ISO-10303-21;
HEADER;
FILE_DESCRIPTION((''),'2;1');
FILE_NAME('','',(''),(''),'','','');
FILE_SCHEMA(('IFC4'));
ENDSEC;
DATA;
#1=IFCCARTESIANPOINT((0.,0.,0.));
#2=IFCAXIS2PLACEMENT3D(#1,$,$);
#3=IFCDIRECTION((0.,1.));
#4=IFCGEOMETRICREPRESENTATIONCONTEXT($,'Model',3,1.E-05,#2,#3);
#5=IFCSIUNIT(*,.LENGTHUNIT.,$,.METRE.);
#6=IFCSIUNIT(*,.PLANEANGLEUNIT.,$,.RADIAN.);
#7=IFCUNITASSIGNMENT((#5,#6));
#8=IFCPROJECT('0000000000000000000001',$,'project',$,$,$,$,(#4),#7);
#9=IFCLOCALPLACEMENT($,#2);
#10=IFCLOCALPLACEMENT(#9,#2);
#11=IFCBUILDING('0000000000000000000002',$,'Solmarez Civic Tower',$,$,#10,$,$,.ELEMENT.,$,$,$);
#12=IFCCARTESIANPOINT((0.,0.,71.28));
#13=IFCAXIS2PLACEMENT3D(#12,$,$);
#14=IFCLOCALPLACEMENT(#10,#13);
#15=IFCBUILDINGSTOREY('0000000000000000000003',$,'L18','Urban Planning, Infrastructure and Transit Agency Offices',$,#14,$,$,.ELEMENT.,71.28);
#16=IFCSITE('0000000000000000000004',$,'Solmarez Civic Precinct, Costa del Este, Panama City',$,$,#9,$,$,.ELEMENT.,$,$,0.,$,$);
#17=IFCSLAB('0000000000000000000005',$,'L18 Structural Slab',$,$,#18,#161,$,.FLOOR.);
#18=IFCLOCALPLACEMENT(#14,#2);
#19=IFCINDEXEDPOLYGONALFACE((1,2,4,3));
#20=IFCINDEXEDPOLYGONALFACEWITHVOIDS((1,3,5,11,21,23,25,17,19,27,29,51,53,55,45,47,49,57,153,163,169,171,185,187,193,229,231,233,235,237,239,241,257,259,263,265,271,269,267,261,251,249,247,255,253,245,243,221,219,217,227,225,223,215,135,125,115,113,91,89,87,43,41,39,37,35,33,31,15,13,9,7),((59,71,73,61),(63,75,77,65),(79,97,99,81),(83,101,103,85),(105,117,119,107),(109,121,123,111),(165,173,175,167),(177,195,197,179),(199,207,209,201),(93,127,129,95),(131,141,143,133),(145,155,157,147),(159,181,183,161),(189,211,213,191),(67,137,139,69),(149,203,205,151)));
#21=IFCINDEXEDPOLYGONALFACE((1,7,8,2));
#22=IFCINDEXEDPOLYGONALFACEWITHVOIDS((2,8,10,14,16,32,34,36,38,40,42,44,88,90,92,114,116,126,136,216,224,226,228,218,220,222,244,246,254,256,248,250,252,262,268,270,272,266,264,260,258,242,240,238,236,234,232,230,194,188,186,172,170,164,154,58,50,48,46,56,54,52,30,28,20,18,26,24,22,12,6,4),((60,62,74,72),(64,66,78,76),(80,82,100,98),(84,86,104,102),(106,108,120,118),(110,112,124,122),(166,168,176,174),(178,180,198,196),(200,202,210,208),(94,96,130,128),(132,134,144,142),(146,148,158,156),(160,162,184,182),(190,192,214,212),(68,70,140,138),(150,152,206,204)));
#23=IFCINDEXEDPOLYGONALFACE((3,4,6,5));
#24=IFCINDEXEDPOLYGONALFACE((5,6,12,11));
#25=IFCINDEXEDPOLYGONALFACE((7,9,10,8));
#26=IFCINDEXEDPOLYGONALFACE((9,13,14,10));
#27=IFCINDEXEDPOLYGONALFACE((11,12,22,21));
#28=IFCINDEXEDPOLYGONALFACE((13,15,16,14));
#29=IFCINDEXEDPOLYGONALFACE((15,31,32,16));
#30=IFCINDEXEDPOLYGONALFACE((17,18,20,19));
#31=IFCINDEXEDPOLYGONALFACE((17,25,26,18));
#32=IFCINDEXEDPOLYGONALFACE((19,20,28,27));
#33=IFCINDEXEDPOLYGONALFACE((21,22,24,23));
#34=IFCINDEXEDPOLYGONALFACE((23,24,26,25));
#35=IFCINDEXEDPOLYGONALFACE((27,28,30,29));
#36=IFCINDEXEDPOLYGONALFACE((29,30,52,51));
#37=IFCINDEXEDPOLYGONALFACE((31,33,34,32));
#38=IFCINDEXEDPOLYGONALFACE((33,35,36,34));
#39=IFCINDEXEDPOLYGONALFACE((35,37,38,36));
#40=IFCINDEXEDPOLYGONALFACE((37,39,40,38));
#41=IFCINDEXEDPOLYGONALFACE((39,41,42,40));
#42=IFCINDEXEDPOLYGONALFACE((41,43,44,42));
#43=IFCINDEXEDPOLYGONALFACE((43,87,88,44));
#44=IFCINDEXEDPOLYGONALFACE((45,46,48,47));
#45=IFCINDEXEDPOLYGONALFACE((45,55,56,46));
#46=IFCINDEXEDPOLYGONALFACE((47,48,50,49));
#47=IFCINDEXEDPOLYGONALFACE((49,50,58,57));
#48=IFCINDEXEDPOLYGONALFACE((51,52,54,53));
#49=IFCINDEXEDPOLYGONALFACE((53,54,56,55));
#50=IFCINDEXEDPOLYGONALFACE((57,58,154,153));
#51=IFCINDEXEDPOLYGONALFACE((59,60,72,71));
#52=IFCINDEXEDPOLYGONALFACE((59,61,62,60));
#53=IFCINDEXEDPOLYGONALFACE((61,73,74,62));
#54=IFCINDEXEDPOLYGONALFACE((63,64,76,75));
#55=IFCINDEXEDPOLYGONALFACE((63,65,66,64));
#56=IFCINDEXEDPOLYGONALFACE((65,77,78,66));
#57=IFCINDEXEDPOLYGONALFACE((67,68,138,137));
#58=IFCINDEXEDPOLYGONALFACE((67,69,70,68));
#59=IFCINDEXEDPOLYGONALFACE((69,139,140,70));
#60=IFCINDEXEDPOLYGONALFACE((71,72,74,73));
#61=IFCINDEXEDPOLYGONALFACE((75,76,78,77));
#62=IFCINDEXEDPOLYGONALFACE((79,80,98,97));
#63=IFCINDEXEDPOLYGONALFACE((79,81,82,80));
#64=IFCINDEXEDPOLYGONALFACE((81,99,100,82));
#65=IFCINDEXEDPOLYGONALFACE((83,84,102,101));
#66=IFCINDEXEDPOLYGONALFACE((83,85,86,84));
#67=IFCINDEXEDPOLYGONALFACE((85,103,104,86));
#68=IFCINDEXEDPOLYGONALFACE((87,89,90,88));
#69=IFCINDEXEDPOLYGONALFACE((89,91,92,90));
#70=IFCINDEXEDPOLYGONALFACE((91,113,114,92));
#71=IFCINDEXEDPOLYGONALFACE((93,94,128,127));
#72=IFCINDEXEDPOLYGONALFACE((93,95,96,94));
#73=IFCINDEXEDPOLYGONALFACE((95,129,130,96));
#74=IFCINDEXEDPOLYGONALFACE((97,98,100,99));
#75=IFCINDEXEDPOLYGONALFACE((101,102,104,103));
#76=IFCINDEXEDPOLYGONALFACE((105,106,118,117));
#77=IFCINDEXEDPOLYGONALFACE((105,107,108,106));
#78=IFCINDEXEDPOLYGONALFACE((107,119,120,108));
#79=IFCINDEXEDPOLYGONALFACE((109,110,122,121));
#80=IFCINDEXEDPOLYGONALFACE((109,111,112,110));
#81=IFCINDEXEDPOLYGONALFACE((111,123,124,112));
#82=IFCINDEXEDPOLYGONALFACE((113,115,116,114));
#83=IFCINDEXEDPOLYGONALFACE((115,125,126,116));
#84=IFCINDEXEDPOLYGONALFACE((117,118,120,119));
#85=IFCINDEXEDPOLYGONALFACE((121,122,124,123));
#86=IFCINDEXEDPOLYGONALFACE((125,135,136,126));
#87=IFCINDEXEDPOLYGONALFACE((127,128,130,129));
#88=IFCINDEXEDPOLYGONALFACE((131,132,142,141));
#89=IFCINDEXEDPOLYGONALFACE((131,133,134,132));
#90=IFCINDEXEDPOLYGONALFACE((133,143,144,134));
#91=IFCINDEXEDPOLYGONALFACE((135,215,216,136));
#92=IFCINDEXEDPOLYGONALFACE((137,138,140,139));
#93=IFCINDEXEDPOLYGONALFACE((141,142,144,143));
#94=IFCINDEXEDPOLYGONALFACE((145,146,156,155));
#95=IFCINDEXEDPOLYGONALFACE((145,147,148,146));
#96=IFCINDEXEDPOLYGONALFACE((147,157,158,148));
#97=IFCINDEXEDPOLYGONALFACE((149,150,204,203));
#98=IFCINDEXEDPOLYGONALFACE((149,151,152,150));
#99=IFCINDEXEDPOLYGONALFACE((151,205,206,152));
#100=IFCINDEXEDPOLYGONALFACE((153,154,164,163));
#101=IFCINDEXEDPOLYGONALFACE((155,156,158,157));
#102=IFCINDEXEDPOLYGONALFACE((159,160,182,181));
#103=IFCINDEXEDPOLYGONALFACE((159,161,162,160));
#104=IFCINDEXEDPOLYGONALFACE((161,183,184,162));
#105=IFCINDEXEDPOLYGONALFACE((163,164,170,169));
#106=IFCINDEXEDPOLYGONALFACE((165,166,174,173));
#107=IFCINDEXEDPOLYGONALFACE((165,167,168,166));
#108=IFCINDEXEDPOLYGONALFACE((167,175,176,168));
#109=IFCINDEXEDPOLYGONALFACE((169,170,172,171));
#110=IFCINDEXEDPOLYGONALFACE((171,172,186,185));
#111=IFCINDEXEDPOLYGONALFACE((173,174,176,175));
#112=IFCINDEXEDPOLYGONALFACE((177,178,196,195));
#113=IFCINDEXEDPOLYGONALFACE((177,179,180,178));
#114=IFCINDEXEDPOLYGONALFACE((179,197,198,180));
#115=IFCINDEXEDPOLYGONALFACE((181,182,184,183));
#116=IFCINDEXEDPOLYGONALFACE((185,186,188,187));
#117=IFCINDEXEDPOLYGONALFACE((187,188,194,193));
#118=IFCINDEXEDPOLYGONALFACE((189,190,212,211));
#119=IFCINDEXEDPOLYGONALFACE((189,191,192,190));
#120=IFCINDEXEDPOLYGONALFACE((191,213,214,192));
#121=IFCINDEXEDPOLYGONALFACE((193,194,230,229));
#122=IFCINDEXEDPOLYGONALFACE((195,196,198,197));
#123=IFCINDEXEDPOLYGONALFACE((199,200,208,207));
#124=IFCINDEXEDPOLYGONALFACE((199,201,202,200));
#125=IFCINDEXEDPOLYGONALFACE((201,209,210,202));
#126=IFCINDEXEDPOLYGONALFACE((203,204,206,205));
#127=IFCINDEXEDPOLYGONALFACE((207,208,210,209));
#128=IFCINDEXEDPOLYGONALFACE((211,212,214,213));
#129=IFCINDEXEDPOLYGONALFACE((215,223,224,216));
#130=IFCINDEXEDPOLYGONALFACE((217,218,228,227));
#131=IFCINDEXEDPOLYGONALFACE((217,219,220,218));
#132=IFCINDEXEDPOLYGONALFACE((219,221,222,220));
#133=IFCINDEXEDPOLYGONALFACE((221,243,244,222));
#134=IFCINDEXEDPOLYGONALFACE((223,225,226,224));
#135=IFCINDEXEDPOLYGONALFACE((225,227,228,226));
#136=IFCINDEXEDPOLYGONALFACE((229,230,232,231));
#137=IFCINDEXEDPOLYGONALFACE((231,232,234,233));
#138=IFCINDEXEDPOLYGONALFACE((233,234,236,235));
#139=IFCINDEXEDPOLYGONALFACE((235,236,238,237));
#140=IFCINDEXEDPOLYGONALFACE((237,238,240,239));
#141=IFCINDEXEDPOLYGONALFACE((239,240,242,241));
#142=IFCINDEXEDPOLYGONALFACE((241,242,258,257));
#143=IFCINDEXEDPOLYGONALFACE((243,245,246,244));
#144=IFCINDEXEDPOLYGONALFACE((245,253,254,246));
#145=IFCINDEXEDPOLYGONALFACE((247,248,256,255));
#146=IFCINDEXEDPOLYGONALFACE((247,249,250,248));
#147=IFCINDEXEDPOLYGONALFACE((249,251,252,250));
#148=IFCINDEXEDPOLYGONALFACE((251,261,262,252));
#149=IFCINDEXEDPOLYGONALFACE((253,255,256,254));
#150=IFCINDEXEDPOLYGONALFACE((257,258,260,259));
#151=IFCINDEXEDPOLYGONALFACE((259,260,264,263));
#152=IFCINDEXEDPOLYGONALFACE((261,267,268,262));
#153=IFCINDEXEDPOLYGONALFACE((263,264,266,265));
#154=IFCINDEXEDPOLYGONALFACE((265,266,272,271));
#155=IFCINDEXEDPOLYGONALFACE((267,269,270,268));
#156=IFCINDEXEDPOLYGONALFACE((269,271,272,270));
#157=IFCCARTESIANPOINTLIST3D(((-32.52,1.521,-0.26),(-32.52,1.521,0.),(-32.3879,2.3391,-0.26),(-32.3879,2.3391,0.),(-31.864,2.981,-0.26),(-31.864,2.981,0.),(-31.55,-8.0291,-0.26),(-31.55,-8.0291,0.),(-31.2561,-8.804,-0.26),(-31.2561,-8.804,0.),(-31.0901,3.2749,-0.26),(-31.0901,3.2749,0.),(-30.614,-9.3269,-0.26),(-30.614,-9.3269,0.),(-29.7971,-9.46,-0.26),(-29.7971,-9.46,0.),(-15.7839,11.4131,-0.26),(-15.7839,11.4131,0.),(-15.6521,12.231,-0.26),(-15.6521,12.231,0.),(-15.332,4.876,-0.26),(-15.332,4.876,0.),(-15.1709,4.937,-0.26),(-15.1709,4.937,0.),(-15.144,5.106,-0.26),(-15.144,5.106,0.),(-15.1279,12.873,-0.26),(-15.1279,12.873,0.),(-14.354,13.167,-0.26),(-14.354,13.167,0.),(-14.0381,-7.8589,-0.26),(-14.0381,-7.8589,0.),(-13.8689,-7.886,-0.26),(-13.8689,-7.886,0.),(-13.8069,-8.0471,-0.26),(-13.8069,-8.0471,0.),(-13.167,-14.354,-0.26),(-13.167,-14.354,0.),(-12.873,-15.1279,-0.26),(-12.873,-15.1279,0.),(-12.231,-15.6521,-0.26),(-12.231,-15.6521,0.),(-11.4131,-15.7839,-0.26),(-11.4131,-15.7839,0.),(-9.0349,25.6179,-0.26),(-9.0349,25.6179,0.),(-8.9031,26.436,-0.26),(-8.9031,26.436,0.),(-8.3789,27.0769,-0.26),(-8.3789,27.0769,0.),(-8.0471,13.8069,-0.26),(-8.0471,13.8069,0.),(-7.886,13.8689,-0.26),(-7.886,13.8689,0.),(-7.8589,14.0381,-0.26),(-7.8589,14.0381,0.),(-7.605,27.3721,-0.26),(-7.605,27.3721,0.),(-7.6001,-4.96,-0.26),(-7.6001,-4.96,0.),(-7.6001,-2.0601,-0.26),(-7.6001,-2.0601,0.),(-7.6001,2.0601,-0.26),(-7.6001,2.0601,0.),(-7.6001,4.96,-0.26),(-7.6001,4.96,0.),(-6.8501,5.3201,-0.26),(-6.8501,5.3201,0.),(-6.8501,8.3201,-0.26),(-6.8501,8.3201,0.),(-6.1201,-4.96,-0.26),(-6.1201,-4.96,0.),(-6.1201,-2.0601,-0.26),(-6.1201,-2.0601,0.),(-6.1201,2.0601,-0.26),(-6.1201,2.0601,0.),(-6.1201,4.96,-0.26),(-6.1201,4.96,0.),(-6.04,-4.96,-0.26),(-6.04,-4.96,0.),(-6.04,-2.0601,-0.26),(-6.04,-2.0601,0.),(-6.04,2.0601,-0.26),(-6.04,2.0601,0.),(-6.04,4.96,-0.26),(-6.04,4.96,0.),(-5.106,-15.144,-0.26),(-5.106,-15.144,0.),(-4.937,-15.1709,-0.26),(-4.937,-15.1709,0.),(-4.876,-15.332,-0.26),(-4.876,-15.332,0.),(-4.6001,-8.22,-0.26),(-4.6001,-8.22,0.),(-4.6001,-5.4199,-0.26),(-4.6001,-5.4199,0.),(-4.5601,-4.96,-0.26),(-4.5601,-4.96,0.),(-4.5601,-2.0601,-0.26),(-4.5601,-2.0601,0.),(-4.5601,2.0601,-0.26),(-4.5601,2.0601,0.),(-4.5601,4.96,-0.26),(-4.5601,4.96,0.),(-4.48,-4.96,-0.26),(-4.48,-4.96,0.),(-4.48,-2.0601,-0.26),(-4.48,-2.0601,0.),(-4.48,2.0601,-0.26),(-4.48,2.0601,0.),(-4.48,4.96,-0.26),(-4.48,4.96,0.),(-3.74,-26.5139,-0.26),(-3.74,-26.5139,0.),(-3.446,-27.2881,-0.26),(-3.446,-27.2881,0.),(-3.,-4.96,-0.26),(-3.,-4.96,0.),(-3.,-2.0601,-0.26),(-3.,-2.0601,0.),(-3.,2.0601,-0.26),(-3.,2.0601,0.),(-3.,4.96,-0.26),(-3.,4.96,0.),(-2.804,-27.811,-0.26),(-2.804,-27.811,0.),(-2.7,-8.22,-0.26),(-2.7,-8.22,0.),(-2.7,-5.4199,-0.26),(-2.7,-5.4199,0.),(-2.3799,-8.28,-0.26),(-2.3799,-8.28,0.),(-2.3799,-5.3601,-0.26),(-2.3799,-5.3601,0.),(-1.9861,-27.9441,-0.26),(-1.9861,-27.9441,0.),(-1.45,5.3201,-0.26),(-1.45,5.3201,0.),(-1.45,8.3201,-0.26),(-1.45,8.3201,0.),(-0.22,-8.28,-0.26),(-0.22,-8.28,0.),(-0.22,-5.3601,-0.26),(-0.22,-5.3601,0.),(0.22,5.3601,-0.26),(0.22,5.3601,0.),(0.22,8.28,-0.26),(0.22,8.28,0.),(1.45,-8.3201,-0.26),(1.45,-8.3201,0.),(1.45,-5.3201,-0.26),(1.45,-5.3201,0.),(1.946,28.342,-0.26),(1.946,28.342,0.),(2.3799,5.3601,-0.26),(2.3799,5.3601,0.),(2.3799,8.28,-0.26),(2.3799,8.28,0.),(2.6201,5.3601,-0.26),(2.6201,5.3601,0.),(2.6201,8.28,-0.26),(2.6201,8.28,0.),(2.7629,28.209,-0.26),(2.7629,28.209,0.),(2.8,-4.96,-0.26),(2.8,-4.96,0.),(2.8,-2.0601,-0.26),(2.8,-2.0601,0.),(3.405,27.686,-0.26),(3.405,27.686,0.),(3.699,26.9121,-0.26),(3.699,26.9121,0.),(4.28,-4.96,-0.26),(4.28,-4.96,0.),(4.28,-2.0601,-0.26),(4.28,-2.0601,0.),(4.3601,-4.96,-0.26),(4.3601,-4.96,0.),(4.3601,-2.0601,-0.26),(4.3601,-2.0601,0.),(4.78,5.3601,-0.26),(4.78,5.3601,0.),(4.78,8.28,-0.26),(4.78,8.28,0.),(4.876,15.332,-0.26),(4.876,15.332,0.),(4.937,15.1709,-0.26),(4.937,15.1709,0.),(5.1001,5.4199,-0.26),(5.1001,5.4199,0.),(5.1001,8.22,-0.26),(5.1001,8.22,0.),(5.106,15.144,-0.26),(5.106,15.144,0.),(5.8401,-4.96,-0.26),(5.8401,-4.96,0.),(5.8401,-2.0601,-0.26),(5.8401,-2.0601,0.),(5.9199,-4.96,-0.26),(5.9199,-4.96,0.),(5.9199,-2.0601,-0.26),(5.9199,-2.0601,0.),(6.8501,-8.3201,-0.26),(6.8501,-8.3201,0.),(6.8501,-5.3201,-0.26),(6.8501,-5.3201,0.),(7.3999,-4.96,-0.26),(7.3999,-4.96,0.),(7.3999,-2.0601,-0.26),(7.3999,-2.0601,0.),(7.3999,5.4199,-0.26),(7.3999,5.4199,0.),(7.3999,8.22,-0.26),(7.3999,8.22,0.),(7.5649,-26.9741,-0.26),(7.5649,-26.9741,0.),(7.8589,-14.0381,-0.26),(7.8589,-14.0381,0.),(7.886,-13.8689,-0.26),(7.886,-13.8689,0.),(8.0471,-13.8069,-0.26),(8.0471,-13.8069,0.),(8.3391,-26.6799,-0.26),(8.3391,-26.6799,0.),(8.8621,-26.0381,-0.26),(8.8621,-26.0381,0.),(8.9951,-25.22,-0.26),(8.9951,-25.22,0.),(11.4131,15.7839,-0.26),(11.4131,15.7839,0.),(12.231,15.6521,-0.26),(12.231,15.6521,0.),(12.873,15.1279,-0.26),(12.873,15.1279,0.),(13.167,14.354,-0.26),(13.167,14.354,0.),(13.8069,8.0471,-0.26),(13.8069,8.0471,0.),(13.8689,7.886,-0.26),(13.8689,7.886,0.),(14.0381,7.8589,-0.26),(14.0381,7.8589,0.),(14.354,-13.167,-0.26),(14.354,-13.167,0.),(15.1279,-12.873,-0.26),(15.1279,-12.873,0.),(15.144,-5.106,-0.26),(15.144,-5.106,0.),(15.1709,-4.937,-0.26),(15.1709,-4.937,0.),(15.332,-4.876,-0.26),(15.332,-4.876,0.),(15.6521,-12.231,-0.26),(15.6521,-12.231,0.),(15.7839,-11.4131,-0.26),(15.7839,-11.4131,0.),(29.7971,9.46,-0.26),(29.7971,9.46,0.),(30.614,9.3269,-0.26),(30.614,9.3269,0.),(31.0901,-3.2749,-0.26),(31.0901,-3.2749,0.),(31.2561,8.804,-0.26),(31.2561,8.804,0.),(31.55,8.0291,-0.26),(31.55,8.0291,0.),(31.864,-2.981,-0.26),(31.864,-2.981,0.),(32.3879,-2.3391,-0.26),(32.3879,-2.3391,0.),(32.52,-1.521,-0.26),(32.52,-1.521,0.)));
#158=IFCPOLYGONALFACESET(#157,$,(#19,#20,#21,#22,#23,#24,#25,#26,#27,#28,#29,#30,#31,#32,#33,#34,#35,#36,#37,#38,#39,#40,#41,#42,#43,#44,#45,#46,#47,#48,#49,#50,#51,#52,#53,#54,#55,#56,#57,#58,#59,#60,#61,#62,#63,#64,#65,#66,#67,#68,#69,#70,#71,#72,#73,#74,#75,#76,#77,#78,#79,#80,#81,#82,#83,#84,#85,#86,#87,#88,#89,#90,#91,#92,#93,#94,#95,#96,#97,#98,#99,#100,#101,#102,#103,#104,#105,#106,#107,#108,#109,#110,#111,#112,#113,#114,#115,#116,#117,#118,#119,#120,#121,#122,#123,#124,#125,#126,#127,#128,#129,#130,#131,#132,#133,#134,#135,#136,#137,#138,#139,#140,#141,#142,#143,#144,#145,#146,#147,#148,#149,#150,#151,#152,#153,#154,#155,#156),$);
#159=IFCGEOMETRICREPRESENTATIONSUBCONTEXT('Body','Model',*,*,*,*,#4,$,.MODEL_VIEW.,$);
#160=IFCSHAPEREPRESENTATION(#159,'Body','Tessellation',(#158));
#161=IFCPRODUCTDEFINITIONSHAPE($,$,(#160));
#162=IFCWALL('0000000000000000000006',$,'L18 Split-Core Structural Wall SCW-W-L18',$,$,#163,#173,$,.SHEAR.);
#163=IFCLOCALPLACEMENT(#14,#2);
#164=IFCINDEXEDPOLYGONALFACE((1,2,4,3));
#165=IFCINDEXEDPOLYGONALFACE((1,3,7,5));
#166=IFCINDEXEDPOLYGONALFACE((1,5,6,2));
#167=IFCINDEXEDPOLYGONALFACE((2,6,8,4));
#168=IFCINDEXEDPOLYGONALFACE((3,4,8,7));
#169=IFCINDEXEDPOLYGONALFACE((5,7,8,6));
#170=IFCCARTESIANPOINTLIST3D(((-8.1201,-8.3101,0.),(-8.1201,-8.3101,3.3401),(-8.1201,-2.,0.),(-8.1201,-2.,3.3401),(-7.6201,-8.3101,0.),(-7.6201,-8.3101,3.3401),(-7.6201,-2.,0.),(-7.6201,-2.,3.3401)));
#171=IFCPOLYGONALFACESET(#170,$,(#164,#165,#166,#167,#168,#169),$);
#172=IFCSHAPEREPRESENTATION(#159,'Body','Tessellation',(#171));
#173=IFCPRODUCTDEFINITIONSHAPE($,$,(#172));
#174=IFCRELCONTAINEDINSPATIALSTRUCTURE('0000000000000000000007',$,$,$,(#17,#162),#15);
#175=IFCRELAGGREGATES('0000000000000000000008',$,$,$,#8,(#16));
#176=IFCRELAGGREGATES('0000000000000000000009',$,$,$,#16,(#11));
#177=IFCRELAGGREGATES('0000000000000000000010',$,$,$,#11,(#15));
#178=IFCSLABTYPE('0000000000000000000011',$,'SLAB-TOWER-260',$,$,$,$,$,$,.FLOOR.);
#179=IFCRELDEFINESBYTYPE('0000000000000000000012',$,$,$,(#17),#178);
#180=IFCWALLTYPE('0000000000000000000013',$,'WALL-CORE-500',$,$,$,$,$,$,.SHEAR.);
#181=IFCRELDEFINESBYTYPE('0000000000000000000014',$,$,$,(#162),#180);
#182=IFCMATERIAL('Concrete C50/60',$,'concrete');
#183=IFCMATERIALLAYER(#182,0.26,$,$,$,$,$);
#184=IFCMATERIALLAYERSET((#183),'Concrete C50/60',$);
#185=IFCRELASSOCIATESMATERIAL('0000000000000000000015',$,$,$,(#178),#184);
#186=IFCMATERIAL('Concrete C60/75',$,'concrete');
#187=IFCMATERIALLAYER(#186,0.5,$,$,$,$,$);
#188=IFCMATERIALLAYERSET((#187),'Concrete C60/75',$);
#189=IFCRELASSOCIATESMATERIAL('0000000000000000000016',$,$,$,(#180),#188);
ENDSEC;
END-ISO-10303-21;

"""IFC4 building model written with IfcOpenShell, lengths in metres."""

from ifc_helpers import new_model, si_unit, direction, frame, frame_2d, origin, place, context, subcontext, project, spatial, polyline, rectangle, outline, extrude, material, layer, layer_set, type_object, element, save


model = new_model("IFC4")

# Units and contexts
model_context = context("Model", 3, precision=1e-05, world=origin(), true_north=direction((0.0, 1.0)))
body_context = subcontext(model_context, "Body", "Model", "MODEL_VIEW")
ifc_project = project(units=[si_unit("LENGTHUNIT", "METRE"), si_unit("PLANEANGLEUNIT", "RADIAN")], contexts=[model_context])

# Site, building, storey
site_placement = place(None, origin())
site = spatial("IfcSite", under=ifc_project, at=site_placement, Name="Solmarez Civic Precinct, Costa del Este, Panama City", CompositionType="ELEMENT", RefElevation=0.0)
building_placement = place(site_placement, origin())
building = spatial("IfcBuilding", under=site, at=building_placement, Name="Solmarez Civic Tower", CompositionType="ELEMENT")
storey_placement = place(building_placement, frame((0.0, 0.0, 71.28)))
storey = spatial("IfcBuildingStorey", under=building, at=storey_placement, Name="L18", Description="Urban Planning, Infrastructure and Transit Agency Offices", CompositionType="ELEMENT", Elevation=71.28)

# Shared definitions
ifc_material_1 = material(Name="Concrete C60/75", Category="concrete")

# Slab
ifc_material_2 = material(Name="Concrete C50/60", Category="concrete")
ifc_layer_1 = layer(ifc_material_2, 0.26)
ifc_layer_set_1 = layer_set([ifc_layer_1], Name="Concrete C50/60")
slab_type = type_object("IfcSlabType", Name="SLAB-TOWER-260", PredefinedType="FLOOR", material=ifc_layer_set_1)
slab_placement = place(storey_placement, frame((0.0, 0.0, -0.26)))
element("IfcSlab", 1, at=slab_placement, inside=storey, type_object=slab_type, Name="L18 Structural Slab", PredefinedType="FLOOR", context=body_context, shape_type="SweptSolid", body=[
    extrude(outline(polyline([(-13.8069, -8.0471), (-13.167, -14.354), (-12.873, -15.1279), (-12.231, -15.6521), (-11.4131, -15.7839), (-5.106, -15.144), (-4.937, -15.1709), (-4.876, -15.332), (-3.74, -26.5139), (-3.446, -27.2881), (-2.804, -27.811), (-1.9861, -27.9441), (7.5649, -26.9741), (8.3391, -26.6799), (8.8621, -26.0381), (8.9951, -25.22), (7.8589, -14.0381), (7.886, -13.8689), (8.0471, -13.8069), (14.354, -13.167), (15.1279, -12.873), (15.6521, -12.231), (15.7839, -11.4131), (15.144, -5.106), (15.1709, -4.937), (15.332, -4.876), (31.0901, -3.2749), (31.864, -2.981), (32.3879, -2.3391), (32.52, -1.521), (31.55, 8.0291), (31.2561, 8.804), (30.614, 9.3269), (29.7971, 9.46), (14.0381, 7.8589), (13.8689, 7.886), (13.8069, 8.0471), (13.167, 14.354), (12.873, 15.1279), (12.231, 15.6521), (11.4131, 15.7839), (5.106, 15.144), (4.937, 15.1709), (4.876, 15.332), (3.699, 26.9121), (3.405, 27.686), (2.7629, 28.209), (1.946, 28.342), (-7.605, 27.3721), (-8.3789, 27.0769), (-8.9031, 26.436), (-9.0349, 25.6179), (-7.8589, 14.0381), (-7.886, 13.8689), (-8.0471, 13.8069), (-14.354, 13.167), (-15.1279, 12.873), (-15.6521, 12.231), (-15.7839, 11.4131), (-15.144, 5.106), (-15.1709, 4.937), (-15.332, 4.876), (-31.0901, 3.2749), (-31.864, 2.981), (-32.3879, 2.3391), (-32.52, 1.521), (-31.55, -8.0291), (-31.2561, -8.804), (-30.614, -9.3269), (-29.7971, -9.46), (-14.0381, -7.8589), (-13.8689, -7.886), (-13.8069, -8.0471)]), holes=[polyline([(-1.45, 8.3201), (-6.8501, 8.3201), (-6.8501, 5.3201), (-1.45, 5.3201), (-1.45, 8.3201)]), polyline([(1.45, -8.3201), (6.8501, -8.3201), (6.8501, -5.3201), (1.45, -5.3201), (1.45, -8.3201)]), polyline([(0.22, 5.3601), (2.3799, 5.3601), (2.3799, 8.28), (0.22, 8.28), (0.22, 5.3601)]), polyline([(2.6201, 5.3601), (4.78, 5.3601), (4.78, 8.28), (2.6201, 8.28), (2.6201, 5.3601)]), polyline([(-2.3799, -8.28), (-0.22, -8.28), (-0.22, -5.3601), (-2.3799, -5.3601), (-2.3799, -8.28)]), polyline([(2.8, -4.96), (4.28, -4.96), (4.28, -2.0601), (2.8, -2.0601), (2.8, -4.96)]), polyline([(4.3601, -4.96), (5.8401, -4.96), (5.8401, -2.0601), (4.3601, -2.0601), (4.3601, -4.96)]), polyline([(5.9199, -4.96), (7.3999, -4.96), (7.3999, -2.0601), (5.9199, -2.0601), (5.9199, -4.96)]), polyline([(-7.6001, -4.96), (-6.1201, -4.96), (-6.1201, -2.0601), (-7.6001, -2.0601), (-7.6001, -4.96)]), polyline([(-6.04, -4.96), (-4.5601, -4.96), (-4.5601, -2.0601), (-6.04, -2.0601), (-6.04, -4.96)]), polyline([(-4.48, -4.96), (-3.0, -4.96), (-3.0, -2.0601), (-4.48, -2.0601), (-4.48, -4.96)]), polyline([(-7.6001, 2.0601), (-6.1201, 2.0601), (-6.1201, 4.96), (-7.6001, 4.96), (-7.6001, 2.0601)]), polyline([(-6.04, 2.0601), (-4.5601, 2.0601), (-4.5601, 4.96), (-6.04, 4.96), (-6.04, 2.0601)]), polyline([(-4.48, 2.0601), (-3.0, 2.0601), (-3.0, 4.96), (-4.48, 4.96), (-4.48, 2.0601)]), polyline([(5.1001, 5.4199), (7.3999, 5.4199), (7.3999, 8.22), (5.1001, 8.22), (5.1001, 5.4199)]), polyline([(-4.6001, -8.22), (-2.7, -8.22), (-2.7, -5.4199), (-4.6001, -5.4199), (-4.6001, -8.22)])]), origin(), (0.0, 0.0, 1.0), 0.26),
])

# Shared definitions
ifc_layer_2 = layer(ifc_material_1, 0.5)
ifc_layer_set_2 = layer_set([ifc_layer_2], Name="Concrete C60/75")
wall_type_1 = type_object("IfcWallType", Name="WALL-CORE-500", PredefinedType="SHEAR", material=ifc_layer_set_2)

# Wall
wall_1_placement = place(storey_placement, frame((-7.8701, -8.3101, 0.0), z_axis=(0.0, 0.0, 1.0), x_axis=(0.0, 1.0, 0.0)))
element("IfcWall", 2, at=wall_1_placement, inside=storey, type_object=wall_type_1, Name="L18 Split-Core Structural Wall SCW-W-L18", PredefinedType="SHEAR", context=body_context, shape_type="SweptSolid", body=[
    extrude(rectangle(XDim=6.3101, YDim=0.5, at=frame_2d((3.155, 0.0))), origin(), (0.0, 0.0, 1.0), 3.3401),
])

save(model, "model.ifc")
